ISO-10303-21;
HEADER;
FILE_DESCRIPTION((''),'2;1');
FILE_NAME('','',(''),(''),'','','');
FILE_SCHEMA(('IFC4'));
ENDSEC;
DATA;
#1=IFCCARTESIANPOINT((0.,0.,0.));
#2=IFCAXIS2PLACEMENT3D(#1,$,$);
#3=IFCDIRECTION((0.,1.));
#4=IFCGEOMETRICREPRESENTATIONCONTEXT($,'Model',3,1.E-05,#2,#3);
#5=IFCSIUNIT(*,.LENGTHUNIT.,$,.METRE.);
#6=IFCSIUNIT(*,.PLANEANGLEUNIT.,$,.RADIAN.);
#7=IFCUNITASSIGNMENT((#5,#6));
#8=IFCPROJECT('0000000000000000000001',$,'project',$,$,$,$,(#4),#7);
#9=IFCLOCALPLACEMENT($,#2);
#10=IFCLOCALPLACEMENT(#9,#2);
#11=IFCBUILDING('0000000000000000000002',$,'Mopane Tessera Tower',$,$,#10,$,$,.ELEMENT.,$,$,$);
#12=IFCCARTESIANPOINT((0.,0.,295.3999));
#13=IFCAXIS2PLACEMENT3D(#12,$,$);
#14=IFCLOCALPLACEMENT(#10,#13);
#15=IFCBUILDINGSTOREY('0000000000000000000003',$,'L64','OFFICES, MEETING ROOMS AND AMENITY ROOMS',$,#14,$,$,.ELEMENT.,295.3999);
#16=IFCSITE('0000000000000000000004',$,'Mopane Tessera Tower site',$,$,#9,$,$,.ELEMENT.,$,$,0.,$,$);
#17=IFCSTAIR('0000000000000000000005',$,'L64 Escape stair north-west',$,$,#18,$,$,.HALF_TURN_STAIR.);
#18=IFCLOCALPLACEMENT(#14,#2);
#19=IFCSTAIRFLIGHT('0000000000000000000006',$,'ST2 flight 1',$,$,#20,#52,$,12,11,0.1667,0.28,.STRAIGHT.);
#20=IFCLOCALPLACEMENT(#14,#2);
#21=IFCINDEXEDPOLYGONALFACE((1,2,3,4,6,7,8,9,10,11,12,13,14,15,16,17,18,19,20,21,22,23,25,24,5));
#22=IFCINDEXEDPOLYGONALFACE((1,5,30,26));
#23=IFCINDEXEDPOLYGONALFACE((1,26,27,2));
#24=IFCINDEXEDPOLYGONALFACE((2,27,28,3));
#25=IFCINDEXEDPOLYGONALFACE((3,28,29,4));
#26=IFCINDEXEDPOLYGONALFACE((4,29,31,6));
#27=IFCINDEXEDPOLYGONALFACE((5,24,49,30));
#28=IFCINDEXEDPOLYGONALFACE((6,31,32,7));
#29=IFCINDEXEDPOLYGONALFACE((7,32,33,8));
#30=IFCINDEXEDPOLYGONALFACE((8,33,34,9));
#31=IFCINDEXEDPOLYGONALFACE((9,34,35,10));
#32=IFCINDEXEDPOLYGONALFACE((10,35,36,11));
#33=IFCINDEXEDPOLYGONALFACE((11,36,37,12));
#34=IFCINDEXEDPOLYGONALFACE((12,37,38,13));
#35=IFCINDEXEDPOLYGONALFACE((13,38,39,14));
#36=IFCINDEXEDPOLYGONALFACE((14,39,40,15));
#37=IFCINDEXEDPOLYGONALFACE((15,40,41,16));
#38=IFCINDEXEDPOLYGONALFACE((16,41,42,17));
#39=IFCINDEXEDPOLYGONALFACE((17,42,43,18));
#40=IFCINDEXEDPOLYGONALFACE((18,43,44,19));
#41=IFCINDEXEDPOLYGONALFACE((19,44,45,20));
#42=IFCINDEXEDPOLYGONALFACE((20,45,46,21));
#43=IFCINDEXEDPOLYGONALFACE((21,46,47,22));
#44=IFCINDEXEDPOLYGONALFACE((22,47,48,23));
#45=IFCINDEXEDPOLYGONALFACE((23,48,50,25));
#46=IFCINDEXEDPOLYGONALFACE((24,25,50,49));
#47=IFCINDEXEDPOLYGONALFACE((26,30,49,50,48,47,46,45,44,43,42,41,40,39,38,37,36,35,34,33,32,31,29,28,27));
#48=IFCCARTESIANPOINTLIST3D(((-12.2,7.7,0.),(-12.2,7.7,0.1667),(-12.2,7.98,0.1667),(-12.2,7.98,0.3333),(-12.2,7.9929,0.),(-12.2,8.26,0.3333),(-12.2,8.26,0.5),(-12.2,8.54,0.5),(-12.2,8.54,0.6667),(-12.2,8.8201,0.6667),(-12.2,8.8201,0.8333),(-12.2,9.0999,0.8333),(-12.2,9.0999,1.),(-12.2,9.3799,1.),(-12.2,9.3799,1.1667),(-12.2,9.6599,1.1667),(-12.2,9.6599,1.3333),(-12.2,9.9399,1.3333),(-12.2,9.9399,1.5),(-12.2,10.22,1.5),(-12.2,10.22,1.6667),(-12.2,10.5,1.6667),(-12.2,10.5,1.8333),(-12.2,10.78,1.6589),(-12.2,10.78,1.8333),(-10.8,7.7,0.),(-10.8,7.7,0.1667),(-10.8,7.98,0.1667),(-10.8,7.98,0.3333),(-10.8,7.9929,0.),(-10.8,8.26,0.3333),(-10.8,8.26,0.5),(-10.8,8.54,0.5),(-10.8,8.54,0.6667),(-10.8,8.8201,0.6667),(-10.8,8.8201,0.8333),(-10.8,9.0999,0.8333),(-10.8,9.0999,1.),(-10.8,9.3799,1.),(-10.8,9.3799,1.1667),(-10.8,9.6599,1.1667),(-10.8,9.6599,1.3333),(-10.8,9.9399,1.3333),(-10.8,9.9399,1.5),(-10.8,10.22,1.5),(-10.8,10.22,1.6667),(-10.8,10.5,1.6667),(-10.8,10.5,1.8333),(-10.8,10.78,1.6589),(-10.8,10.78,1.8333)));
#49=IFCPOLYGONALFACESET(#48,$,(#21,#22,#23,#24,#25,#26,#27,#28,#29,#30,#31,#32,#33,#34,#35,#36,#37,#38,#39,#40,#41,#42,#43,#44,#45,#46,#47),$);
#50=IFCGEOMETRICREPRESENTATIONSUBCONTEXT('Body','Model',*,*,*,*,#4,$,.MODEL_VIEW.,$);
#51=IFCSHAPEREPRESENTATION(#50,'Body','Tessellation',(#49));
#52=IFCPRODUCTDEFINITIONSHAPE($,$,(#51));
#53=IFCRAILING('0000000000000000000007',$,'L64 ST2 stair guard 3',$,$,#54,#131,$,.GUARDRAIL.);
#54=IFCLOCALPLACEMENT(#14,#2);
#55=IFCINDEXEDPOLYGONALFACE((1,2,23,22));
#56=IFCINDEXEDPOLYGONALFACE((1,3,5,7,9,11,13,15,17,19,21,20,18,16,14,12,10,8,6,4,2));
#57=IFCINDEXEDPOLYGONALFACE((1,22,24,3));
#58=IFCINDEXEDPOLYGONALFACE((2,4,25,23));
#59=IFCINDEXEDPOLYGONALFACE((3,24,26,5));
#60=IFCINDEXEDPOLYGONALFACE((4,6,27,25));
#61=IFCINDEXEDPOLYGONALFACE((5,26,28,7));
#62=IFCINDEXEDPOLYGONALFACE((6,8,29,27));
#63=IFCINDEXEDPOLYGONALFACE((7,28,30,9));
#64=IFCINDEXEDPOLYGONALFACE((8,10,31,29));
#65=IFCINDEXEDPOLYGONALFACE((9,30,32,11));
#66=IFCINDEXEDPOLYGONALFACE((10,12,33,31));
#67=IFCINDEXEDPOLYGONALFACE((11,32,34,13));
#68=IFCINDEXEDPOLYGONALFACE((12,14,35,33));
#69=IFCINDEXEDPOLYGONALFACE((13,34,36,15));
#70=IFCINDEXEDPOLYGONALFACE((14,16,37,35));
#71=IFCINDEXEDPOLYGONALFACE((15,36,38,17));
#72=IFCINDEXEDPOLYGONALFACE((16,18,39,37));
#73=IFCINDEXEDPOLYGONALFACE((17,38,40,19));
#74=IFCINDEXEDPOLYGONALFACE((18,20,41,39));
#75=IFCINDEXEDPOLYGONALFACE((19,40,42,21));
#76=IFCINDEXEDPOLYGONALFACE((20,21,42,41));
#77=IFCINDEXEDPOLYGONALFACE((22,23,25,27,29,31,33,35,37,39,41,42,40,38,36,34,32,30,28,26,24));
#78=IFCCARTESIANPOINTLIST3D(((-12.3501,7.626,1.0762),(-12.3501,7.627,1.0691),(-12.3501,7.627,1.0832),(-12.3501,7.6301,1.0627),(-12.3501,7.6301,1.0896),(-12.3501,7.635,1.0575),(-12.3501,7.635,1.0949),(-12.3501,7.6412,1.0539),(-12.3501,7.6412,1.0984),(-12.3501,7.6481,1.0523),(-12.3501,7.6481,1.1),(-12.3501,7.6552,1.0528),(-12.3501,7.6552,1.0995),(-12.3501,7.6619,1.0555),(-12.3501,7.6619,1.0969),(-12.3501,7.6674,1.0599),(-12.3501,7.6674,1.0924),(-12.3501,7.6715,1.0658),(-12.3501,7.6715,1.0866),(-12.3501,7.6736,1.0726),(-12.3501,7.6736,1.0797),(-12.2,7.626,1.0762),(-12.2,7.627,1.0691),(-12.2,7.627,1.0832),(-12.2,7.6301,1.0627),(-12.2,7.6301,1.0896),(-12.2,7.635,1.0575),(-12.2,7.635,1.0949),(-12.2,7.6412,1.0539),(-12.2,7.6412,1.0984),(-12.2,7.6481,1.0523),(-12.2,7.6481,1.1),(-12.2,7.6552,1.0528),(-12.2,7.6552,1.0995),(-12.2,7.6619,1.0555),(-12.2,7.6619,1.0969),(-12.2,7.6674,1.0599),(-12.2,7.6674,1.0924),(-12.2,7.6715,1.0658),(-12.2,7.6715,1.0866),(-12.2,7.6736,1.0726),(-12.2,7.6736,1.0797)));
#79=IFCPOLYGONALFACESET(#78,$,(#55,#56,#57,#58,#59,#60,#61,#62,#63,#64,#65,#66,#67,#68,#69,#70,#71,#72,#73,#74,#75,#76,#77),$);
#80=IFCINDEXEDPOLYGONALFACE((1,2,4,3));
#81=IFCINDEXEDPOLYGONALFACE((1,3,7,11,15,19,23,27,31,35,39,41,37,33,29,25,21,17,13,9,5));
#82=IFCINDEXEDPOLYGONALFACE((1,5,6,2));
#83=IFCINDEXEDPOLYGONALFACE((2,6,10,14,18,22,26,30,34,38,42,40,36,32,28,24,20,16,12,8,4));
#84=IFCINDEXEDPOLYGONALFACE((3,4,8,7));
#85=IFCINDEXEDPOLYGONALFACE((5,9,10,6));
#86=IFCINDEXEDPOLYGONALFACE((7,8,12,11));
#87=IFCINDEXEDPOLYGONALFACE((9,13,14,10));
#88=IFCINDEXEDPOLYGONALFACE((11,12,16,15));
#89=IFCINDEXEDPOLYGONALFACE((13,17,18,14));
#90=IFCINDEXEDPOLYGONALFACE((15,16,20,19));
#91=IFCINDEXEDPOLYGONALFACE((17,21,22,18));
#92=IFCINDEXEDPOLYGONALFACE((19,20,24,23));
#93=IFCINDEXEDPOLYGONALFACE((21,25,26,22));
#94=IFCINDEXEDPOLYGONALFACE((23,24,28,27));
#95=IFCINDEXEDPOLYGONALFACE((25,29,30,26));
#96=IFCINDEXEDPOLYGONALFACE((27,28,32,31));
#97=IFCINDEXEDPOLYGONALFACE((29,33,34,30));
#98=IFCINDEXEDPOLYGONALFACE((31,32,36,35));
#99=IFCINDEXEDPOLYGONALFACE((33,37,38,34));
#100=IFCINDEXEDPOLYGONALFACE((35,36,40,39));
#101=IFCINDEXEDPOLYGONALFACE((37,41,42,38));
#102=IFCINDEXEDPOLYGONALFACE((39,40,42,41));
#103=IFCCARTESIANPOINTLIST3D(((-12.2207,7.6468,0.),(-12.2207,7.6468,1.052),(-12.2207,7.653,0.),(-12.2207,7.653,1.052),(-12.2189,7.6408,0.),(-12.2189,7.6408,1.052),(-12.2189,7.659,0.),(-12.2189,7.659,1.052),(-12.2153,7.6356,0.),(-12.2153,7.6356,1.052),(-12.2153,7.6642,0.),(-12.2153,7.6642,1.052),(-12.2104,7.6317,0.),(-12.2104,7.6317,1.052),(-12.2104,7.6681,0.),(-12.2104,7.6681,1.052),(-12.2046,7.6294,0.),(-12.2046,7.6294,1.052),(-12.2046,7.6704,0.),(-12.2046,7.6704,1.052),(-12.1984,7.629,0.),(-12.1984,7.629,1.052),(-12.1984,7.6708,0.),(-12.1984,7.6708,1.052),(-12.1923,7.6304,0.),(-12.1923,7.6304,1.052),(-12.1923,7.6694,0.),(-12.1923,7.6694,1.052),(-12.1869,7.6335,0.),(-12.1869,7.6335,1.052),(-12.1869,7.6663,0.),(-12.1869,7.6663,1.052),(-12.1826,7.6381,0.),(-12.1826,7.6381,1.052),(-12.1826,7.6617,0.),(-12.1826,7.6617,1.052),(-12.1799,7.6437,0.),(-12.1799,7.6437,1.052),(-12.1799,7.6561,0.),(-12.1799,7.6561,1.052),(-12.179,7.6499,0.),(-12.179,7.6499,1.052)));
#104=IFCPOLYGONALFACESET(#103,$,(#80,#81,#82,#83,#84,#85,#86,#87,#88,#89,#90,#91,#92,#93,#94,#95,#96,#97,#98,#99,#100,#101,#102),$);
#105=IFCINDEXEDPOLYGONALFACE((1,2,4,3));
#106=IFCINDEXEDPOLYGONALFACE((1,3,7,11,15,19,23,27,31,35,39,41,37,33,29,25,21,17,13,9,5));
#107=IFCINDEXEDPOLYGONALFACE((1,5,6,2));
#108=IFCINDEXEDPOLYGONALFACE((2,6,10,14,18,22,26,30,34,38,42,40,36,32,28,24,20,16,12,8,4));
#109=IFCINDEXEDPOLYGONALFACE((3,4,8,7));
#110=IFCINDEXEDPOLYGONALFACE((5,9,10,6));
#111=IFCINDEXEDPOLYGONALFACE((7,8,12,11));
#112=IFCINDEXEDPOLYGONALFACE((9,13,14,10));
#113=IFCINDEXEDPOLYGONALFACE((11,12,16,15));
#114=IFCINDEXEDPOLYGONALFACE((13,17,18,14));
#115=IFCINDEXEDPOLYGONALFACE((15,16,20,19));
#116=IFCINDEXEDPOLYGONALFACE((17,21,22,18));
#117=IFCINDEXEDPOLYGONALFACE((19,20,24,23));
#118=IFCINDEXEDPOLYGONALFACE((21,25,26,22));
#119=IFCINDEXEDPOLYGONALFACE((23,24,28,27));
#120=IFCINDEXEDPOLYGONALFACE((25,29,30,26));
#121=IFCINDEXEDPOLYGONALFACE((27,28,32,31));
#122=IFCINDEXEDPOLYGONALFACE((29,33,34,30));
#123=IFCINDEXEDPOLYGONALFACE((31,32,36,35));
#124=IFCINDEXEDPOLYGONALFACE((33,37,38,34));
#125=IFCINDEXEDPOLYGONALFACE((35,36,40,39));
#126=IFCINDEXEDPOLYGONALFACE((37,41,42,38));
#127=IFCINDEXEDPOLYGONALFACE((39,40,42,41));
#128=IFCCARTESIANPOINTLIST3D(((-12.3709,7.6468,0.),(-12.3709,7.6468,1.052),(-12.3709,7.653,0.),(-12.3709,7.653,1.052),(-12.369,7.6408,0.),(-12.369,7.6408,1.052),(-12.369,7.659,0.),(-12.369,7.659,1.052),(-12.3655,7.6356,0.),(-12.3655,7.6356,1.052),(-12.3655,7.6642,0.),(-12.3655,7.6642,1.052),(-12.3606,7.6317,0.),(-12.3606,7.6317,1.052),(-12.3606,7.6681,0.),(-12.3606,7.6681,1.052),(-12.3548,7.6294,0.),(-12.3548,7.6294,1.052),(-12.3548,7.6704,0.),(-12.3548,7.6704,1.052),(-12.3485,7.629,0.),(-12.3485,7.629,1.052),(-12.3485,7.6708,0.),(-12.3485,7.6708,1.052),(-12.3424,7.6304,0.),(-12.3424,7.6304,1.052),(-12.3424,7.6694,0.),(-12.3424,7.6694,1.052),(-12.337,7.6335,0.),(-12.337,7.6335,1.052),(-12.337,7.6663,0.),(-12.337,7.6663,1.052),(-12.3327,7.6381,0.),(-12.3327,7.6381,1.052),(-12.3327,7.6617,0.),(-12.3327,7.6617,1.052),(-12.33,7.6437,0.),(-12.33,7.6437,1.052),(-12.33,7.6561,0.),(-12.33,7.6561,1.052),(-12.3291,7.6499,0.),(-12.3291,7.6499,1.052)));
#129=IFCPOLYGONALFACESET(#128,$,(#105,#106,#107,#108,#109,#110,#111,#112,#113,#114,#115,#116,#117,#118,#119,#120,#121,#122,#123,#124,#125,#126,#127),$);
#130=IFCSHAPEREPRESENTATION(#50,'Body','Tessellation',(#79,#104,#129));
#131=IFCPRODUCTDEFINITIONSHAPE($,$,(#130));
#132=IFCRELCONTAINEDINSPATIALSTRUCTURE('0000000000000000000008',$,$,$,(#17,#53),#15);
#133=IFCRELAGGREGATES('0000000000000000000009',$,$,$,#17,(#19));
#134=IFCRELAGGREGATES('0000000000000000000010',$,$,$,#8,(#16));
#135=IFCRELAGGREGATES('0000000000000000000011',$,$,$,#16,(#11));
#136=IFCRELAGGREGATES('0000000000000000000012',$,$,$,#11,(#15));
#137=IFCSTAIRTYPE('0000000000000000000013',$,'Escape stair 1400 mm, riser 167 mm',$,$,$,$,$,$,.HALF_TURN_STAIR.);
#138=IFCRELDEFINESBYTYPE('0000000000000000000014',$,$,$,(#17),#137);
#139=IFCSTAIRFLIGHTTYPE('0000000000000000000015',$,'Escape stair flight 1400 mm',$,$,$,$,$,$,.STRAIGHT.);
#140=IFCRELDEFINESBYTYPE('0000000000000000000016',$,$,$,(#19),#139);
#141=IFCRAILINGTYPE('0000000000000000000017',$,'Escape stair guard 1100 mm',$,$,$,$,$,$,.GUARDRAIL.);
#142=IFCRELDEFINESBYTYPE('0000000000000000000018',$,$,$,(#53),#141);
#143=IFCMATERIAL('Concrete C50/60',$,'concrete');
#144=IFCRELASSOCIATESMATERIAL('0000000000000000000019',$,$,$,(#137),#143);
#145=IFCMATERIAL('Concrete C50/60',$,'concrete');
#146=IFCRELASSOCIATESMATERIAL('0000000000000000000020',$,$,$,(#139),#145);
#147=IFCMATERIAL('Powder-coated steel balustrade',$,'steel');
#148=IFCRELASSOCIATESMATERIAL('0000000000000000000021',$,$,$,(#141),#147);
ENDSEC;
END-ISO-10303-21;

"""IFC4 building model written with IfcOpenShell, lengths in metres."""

from ifc_helpers import new_model, si_unit, direction, frame, origin, origin_2d, place, context, subcontext, project, spatial, polyline, circle, outline, extrude, material, type_object, element, aggregate, save


model = new_model("IFC4")

# Units and contexts
model_context = context("Model", 3, precision=1e-05, world=origin(), true_north=direction((0.0, 1.0)))
body_context = subcontext(model_context, "Body", "Model", "MODEL_VIEW")
ifc_project = project(units=[si_unit("LENGTHUNIT", "METRE"), si_unit("PLANEANGLEUNIT", "RADIAN")], contexts=[model_context])

# Site, building, storey
site_placement = place(None, origin())
site = spatial("IfcSite", under=ifc_project, at=site_placement, Name="Mopane Tessera Tower site", CompositionType="ELEMENT", RefElevation=0.0)
building_placement = place(site_placement, origin())
building = spatial("IfcBuilding", under=site, at=building_placement, Name="Mopane Tessera Tower", CompositionType="ELEMENT")
storey_placement = place(building_placement, frame((0.0, 0.0, 295.3999)))
storey = spatial("IfcBuildingStorey", under=building, at=storey_placement, Name="L64", Description="OFFICES, MEETING ROOMS AND AMENITY ROOMS", CompositionType="ELEMENT", Elevation=295.3999)

# Stair, stair flight
ifc_material_1 = material(Name="Concrete C50/60", Category="concrete")
stair_type = type_object("IfcStairType", Name="Escape stair 1400 mm, riser 167 mm", PredefinedType="HALF_TURN_STAIR", material=ifc_material_1)
stair_placement = place(storey_placement, origin())
stair = element("IfcStair", 1, at=stair_placement, inside=storey, type_object=stair_type, Name="L64 Escape stair north-west", PredefinedType="HALF_TURN_STAIR")
ifc_material_2 = material(Name="Concrete C50/60", Category="concrete")
stair_flight_type = type_object("IfcStairFlightType", Name="Escape stair flight 1400 mm", PredefinedType="STRAIGHT", material=ifc_material_2)
stair_flight_placement = place(storey_placement, frame((-11.5, 7.7, 0.0), z_axis=(0.0, 0.0, 1.0), x_axis=(0.0, 1.0, 0.0)))
stair_flight = element("IfcStairFlight", 2, at=stair_flight_placement, type_object=stair_flight_type, Name="ST2 flight 1", NumberOfRisers=12, NumberOfTreads=11, PredefinedType="STRAIGHT", RiserHeight=0.1667, TreadLength=0.28, context=body_context, shape_type="SweptSolid", body=[
    extrude(outline(polyline([(0.0, 0.0), (0.0, 0.1667), (0.28, 0.1667), (0.28, 0.3333), (0.5601, 0.3333), (0.5601, 0.5), (0.8401, 0.5), (0.8401, 0.6667), (1.1201, 0.6667), (1.1201, 0.8333), (1.3999, 0.8333), (1.3999, 1.0), (1.6799, 1.0), (1.6799, 1.1667), (1.96, 1.1667), (1.96, 1.3333), (2.24, 1.3333), (2.24, 1.5), (2.52, 1.5), (2.52, 1.6667), (2.8, 1.6667), (2.8, 1.8333), (3.0801, 1.8333), (3.0801, 2.0), (3.0801, 1.6589), (0.293, 0.0), (0.0, 0.0)])), frame((0.0, 0.7, 0.0), z_axis=(0.0, -1.0, 0.0), x_axis=(1.0, 0.0, 0.0)), (0.0, 0.0, 1.0), 1.3999),
])
aggregate(stair, [stair_flight])

# Railing
ifc_material_3 = material(Name="Powder-coated steel balustrade", Category="steel")
railing_type_1 = type_object("IfcRailingType", Name="Escape stair guard 1100 mm", PredefinedType="GUARDRAIL", material=ifc_material_3)
railing_1_placement = place(storey_placement, frame((-12.2, 7.6499, 0.0)))
element("IfcRailing", 3, at=railing_1_placement, inside=storey, type_object=railing_type_1, Name="L64 ST2 stair guard 3", PredefinedType="GUARDRAIL", context=body_context, shape_type="SweptSolid", body=[
    extrude(circle(Radius=0.0239, at=origin_2d()), frame((0.0, 0.0, 1.0762), z_axis=(-1.0, 0.0, 0.0), x_axis=(0.0, -1.0, 0.0)), (0.0, 0.0, 1.0), 0.1501),
    extrude(circle(Radius=0.021, at=origin_2d()), origin(), (0.0, 0.0, 1.0), 1.052),
    extrude(circle(Radius=0.021, at=origin_2d()), frame((-0.1501, 0.0, 0.0)), (0.0, 0.0, 1.0), 1.052),
])

save(model, "model.ifc")
